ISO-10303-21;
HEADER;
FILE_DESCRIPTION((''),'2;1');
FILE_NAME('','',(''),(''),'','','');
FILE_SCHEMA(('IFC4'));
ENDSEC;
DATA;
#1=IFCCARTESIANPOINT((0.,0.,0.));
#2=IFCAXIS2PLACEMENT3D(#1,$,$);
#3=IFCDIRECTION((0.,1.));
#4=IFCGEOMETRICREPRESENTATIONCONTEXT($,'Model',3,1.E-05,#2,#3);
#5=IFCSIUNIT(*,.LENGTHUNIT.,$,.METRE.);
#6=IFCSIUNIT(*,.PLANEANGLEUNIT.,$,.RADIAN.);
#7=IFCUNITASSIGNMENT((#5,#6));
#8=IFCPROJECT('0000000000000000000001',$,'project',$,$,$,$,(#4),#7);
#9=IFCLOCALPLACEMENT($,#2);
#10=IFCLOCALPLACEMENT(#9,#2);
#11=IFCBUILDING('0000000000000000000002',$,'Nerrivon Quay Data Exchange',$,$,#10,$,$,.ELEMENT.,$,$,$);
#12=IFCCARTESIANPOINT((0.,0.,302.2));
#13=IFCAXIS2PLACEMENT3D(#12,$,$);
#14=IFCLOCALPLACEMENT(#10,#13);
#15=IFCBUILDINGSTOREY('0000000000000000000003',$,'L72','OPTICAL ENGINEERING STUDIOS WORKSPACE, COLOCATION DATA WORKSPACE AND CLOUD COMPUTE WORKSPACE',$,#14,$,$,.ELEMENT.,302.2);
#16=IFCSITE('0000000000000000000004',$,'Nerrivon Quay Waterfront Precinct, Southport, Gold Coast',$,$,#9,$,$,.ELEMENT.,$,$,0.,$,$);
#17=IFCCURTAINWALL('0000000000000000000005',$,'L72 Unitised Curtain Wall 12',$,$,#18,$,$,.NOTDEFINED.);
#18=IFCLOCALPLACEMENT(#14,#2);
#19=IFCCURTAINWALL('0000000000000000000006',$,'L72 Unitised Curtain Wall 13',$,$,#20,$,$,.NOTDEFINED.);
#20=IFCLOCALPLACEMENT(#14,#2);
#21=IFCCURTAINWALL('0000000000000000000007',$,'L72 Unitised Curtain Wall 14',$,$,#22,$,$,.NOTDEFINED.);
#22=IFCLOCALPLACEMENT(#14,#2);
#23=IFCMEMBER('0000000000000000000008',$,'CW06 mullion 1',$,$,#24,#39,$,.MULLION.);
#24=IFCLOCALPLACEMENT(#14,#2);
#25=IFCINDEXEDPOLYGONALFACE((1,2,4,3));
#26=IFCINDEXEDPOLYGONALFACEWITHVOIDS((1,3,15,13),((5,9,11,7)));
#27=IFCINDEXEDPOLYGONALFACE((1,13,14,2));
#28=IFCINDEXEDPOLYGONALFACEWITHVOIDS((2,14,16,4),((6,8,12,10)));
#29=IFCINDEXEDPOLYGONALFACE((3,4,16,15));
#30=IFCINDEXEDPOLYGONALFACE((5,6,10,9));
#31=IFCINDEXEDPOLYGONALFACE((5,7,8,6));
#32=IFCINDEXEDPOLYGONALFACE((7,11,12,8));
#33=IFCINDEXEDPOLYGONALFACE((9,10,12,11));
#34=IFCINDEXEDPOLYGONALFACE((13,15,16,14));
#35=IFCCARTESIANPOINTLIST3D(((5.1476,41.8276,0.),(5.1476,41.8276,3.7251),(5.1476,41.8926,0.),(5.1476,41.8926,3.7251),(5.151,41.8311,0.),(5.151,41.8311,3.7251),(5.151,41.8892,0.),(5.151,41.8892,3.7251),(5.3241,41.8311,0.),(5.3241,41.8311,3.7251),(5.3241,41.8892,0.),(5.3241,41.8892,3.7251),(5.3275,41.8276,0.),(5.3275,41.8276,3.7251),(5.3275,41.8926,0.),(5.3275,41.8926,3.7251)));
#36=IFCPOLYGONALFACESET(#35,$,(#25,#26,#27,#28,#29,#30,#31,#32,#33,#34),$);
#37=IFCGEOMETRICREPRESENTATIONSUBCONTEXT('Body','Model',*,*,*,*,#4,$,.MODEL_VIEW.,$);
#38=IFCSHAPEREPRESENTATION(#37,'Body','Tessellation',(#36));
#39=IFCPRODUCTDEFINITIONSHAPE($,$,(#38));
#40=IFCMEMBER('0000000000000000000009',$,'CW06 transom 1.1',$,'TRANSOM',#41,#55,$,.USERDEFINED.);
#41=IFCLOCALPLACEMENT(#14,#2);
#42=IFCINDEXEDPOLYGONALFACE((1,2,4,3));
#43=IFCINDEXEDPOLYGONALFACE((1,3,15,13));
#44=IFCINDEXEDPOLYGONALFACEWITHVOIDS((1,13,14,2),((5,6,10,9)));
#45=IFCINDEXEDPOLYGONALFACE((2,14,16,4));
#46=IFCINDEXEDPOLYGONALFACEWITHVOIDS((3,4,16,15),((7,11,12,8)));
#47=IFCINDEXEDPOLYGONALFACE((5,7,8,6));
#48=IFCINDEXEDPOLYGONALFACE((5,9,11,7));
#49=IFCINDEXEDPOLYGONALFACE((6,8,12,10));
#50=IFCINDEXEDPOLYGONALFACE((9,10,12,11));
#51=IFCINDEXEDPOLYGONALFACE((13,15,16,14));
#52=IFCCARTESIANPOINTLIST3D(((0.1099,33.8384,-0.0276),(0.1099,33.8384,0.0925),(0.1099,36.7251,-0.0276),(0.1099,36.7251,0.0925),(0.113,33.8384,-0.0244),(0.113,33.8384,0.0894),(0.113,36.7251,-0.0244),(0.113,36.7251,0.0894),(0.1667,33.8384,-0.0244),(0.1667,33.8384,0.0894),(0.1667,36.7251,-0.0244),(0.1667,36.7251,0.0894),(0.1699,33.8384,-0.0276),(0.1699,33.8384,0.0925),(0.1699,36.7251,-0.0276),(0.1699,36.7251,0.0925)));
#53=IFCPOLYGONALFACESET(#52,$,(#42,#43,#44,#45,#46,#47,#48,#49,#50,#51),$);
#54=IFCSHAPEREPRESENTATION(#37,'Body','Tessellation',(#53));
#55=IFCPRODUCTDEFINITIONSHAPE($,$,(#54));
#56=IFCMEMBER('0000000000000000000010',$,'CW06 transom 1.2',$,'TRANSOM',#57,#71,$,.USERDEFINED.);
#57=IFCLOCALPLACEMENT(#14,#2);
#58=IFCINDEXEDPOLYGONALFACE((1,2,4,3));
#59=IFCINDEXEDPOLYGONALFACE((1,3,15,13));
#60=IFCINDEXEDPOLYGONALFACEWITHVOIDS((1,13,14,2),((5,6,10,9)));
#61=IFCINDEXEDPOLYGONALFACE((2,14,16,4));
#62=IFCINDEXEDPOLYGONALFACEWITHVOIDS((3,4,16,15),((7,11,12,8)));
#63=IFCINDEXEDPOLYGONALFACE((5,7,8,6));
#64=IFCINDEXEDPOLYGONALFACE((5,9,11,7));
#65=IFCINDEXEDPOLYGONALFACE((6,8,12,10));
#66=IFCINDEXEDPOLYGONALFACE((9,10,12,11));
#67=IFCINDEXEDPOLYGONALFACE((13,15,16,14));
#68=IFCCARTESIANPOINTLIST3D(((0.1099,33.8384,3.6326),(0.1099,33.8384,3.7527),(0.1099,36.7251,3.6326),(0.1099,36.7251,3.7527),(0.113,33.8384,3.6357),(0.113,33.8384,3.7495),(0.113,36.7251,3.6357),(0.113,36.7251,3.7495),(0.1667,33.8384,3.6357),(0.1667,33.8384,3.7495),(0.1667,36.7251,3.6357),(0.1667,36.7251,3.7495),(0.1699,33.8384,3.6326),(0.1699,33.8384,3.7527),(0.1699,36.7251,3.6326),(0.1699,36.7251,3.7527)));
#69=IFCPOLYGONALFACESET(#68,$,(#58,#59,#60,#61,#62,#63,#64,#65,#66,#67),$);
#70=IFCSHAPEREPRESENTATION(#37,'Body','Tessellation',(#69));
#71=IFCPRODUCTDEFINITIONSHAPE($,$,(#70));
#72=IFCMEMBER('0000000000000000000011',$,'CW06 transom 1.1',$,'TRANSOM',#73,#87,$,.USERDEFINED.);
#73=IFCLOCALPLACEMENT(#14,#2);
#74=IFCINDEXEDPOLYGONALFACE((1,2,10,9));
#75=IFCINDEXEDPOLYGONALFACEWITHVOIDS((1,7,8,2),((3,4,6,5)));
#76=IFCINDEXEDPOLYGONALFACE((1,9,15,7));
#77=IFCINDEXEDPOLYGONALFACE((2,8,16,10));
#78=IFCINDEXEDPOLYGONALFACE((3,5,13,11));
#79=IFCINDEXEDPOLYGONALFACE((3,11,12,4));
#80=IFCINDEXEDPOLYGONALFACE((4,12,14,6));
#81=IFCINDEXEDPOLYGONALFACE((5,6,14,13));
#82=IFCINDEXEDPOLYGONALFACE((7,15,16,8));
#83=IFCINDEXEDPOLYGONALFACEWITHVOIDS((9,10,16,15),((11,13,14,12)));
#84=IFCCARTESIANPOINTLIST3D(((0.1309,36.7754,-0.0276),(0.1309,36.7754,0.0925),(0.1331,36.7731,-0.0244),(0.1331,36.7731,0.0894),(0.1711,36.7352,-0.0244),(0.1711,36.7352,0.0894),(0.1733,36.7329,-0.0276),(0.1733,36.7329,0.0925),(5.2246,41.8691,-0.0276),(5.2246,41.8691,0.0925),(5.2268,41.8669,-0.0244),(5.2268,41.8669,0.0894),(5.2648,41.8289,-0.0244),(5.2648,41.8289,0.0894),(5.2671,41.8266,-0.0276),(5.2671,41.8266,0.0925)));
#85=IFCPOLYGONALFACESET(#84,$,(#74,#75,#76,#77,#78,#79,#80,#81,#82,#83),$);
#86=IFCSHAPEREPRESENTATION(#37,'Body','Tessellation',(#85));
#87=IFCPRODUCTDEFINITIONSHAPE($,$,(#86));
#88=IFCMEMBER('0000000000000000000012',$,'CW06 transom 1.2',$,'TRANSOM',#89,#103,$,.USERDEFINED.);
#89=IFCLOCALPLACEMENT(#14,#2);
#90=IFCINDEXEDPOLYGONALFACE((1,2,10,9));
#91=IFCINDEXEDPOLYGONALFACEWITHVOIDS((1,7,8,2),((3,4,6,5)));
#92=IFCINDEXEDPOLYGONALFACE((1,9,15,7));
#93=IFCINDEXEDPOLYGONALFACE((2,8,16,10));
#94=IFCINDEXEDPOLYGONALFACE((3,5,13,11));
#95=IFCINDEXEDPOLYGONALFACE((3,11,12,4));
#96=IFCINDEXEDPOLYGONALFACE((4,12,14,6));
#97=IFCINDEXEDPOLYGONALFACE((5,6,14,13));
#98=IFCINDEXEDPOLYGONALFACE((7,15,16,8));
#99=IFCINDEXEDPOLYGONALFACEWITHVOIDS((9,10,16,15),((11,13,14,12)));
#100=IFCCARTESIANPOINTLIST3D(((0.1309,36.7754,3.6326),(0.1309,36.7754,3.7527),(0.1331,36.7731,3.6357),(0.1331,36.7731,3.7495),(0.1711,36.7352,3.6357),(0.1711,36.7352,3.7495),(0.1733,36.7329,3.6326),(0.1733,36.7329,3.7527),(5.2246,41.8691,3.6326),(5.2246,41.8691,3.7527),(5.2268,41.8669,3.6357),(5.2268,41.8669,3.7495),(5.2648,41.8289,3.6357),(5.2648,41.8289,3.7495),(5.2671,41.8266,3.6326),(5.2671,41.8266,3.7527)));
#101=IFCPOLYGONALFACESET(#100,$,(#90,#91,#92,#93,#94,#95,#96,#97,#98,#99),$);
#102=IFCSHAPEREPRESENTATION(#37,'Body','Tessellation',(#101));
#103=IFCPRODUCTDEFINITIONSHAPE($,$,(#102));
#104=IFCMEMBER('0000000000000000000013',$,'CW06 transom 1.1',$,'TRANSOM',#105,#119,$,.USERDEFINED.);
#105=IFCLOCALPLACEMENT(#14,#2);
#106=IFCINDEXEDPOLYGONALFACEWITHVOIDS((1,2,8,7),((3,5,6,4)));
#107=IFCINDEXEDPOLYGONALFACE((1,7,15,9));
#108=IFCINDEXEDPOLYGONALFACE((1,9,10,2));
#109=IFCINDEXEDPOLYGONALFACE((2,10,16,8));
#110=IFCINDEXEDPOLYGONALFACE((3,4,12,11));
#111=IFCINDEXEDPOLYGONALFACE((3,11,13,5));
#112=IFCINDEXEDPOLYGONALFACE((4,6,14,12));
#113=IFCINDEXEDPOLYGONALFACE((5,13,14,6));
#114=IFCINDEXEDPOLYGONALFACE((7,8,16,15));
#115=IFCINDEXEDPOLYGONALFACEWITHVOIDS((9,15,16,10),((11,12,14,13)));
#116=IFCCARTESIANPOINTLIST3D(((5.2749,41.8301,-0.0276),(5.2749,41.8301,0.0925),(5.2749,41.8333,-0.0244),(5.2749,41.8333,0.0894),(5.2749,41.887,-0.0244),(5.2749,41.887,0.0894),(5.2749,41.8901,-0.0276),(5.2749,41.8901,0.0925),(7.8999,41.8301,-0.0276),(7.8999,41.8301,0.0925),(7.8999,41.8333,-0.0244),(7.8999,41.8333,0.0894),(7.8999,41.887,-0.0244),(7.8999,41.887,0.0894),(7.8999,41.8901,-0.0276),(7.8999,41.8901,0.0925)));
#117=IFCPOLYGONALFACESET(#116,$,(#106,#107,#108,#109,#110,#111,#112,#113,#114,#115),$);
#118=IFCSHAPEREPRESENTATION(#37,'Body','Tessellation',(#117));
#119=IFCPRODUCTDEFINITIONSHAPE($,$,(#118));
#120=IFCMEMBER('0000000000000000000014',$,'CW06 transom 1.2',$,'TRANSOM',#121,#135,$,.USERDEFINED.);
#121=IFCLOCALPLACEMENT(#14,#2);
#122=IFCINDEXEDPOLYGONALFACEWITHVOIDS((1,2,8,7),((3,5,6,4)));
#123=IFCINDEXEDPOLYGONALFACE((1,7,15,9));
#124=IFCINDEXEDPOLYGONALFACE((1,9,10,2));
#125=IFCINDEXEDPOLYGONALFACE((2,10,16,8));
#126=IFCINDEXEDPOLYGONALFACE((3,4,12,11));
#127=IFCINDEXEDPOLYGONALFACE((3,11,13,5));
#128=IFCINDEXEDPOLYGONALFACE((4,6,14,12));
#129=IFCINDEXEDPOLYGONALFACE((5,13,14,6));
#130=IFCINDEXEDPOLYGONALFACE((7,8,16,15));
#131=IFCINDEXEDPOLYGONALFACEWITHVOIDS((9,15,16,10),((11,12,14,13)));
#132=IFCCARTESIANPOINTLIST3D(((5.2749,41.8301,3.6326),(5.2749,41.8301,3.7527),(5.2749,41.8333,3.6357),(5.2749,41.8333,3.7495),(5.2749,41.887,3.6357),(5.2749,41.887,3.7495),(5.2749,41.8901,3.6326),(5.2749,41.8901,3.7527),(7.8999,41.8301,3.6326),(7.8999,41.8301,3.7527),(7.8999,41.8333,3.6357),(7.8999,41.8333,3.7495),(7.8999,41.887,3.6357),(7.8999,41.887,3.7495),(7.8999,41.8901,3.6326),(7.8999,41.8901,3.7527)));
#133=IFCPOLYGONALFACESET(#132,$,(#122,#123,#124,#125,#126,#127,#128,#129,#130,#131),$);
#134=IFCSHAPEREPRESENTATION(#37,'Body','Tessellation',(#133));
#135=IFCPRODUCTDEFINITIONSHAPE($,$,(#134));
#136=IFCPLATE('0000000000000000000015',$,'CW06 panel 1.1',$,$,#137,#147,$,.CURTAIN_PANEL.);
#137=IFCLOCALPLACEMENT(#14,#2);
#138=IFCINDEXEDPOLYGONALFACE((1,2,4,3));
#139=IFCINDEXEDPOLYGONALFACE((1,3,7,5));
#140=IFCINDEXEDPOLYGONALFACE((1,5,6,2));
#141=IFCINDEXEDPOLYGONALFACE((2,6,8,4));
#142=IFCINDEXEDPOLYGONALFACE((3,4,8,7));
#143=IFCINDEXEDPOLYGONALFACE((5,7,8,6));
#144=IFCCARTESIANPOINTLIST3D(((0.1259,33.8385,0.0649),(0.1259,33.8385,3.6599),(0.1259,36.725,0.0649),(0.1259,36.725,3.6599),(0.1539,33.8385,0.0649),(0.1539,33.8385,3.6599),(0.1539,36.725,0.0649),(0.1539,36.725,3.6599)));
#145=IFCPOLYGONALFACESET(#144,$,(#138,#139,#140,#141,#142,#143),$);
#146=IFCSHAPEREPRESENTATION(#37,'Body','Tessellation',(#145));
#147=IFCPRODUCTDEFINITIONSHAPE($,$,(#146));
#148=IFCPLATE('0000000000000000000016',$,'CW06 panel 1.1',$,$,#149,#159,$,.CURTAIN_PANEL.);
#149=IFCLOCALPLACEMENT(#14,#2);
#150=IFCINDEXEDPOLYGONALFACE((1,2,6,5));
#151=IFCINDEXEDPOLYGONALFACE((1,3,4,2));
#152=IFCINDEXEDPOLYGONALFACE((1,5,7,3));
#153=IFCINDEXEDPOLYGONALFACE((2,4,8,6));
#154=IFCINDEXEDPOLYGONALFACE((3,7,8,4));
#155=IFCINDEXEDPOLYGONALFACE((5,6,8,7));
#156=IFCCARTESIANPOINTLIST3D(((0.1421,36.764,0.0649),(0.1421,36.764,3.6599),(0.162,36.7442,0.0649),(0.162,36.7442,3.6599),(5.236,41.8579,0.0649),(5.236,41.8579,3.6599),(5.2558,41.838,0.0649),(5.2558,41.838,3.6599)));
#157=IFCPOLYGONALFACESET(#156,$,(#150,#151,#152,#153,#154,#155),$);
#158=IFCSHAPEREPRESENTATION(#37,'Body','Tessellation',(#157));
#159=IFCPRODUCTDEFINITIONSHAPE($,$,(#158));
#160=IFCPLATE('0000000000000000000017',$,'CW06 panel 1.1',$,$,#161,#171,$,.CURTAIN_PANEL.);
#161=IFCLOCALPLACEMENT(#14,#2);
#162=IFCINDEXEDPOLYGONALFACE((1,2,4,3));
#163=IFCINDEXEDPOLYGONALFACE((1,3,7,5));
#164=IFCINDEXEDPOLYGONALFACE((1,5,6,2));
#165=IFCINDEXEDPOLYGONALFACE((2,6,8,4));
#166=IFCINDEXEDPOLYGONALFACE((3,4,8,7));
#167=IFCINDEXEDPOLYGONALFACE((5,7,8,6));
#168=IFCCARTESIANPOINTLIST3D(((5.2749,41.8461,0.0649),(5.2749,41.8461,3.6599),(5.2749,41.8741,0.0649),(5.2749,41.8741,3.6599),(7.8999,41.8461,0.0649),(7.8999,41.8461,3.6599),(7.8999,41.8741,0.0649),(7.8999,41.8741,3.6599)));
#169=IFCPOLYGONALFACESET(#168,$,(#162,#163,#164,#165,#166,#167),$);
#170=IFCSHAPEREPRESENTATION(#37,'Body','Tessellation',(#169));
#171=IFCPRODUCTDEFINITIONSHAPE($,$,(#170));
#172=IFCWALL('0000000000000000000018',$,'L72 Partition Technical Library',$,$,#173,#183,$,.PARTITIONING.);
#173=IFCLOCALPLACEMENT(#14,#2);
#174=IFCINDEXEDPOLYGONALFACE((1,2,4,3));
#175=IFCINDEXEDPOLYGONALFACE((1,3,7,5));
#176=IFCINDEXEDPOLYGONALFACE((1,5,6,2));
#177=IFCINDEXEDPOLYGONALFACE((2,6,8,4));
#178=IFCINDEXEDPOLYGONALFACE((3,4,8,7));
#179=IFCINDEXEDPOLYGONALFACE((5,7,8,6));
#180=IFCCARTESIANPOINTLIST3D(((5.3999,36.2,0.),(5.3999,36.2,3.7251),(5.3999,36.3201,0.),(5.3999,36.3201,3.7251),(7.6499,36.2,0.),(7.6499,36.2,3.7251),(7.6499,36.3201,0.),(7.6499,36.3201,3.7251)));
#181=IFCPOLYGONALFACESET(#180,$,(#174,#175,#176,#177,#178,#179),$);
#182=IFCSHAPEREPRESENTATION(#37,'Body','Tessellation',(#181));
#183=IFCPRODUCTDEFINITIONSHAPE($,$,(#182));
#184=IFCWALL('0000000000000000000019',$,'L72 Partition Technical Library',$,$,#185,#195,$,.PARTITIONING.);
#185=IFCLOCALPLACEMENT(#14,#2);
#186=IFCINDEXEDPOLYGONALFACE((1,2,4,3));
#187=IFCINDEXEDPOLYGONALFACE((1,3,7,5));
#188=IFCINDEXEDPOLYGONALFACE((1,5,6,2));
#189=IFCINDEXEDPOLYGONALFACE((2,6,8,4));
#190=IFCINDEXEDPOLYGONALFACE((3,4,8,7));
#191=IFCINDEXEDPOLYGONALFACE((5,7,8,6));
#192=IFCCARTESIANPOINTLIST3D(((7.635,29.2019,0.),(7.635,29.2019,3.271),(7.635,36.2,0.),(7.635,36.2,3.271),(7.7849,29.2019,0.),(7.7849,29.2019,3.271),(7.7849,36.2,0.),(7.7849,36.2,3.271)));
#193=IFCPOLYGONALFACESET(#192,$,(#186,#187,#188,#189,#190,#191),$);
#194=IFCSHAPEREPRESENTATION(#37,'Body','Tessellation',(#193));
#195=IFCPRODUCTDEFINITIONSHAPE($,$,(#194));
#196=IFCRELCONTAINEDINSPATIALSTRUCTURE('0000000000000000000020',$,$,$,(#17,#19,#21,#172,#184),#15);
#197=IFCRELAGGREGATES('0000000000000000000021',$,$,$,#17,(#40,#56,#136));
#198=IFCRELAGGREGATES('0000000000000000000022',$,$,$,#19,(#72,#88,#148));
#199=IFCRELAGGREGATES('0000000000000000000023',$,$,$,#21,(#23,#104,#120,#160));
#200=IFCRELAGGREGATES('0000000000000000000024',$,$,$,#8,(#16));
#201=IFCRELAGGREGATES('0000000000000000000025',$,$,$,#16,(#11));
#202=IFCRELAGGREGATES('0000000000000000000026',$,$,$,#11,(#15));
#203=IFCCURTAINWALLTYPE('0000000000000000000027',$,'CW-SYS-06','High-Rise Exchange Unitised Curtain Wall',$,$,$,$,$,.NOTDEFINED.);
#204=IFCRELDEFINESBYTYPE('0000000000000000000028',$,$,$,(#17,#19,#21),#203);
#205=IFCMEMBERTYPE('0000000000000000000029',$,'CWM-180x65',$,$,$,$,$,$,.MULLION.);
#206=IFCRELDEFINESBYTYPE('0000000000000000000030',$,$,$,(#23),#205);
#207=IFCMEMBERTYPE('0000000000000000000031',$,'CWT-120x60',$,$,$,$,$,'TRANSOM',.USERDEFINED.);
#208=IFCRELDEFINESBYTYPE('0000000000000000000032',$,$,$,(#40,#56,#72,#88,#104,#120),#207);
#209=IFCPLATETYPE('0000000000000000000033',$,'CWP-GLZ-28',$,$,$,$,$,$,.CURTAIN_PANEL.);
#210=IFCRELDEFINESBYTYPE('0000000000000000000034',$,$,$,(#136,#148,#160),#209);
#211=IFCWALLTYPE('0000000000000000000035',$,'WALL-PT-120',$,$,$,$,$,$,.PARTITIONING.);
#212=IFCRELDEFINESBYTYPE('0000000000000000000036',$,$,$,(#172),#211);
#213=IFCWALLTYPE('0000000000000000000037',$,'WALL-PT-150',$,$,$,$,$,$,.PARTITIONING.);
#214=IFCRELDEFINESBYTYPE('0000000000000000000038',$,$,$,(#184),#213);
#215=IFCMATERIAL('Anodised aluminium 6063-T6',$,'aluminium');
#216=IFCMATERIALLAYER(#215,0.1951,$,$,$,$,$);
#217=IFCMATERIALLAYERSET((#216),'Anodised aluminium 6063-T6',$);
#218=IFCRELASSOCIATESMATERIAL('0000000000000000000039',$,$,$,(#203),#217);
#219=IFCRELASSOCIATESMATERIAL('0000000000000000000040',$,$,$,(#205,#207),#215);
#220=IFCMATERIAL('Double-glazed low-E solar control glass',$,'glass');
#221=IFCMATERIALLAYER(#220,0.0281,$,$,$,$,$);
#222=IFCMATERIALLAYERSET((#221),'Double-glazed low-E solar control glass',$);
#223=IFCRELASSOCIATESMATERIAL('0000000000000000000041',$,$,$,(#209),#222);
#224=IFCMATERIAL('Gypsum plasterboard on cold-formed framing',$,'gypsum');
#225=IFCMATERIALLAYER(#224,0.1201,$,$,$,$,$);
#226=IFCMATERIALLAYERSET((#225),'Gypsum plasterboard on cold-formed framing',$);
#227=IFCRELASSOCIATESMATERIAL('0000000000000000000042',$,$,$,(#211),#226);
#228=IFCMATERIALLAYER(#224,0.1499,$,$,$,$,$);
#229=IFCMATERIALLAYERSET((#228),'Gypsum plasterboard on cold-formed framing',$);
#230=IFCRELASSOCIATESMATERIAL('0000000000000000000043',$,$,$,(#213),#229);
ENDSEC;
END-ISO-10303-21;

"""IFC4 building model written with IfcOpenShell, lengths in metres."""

from ifc_helpers import new_model, si_unit, direction, frame, frame_2d, origin, origin_2d, place, context, subcontext, project, spatial, rectangle, hollow_rectangle, extrude, material, layer, layer_set, material_profile, profile_set, type_object, element, aggregate, save


model = new_model("IFC4")

# Units and contexts
model_context = context("Model", 3, precision=1e-05, world=origin(), true_north=direction((0.0, 1.0)))
body_context = subcontext(model_context, "Body", "Model", "MODEL_VIEW")
ifc_project = project(units=[si_unit("LENGTHUNIT", "METRE"), si_unit("PLANEANGLEUNIT", "RADIAN")], contexts=[model_context])

# Site, building, storey
site_placement = place(None, origin())
site = spatial("IfcSite", under=ifc_project, at=site_placement, Name="Nerrivon Quay Waterfront Precinct, Southport, Gold Coast", CompositionType="ELEMENT", RefElevation=0.0)
building_placement = place(site_placement, origin())
building = spatial("IfcBuilding", under=site, at=building_placement, Name="Nerrivon Quay Data Exchange", CompositionType="ELEMENT")
storey_placement = place(building_placement, frame((0.0, 0.0, 302.2)))
storey = spatial("IfcBuildingStorey", under=building, at=storey_placement, Name="L72", Description="OPTICAL ENGINEERING STUDIOS WORKSPACE, COLOCATION DATA WORKSPACE AND CLOUD COMPUTE WORKSPACE", CompositionType="ELEMENT", Elevation=302.2)

# Shared definitions
ifc_material_1 = material(Name="Anodised aluminium 6063-T6", Category="aluminium")
ifc_layer_1 = layer(ifc_material_1, 0.1951)
ifc_layer_set_1 = layer_set([ifc_layer_1], Name="Anodised aluminium 6063-T6")
curtain_wall_type = type_object("IfcCurtainWallType", Name="CW-SYS-06", Description="High-Rise Exchange Unitised Curtain Wall", PredefinedType="NOTDEFINED", material=ifc_layer_set_1)
ifc_material_profile_1 = material_profile(ifc_material_1, hollow_rectangle(XDim=0.0649, YDim=0.1799, WallThickness=0.0034, at=origin_2d()), Name="ALU-MULL-180x65")
ifc_profile_set_1 = profile_set([ifc_material_profile_1], Name="Anodised aluminium 6063-T6")
member_type_1 = type_object("IfcMemberType", Name="CWM-180x65", PredefinedType="MULLION", material=ifc_profile_set_1)

# Curtain walls
curtain_wall_1_placement = place(storey_placement, origin())
curtain_wall_1 = element("IfcCurtainWall", 1, at=curtain_wall_1_placement, inside=storey, type_object=curtain_wall_type, Name="L72 Unitised Curtain Wall 12", PredefinedType="NOTDEFINED")
curtain_wall_2_placement = place(storey_placement, origin())
curtain_wall_2 = element("IfcCurtainWall", 2, at=curtain_wall_2_placement, inside=storey, type_object=curtain_wall_type, Name="L72 Unitised Curtain Wall 13", PredefinedType="NOTDEFINED")

# Curtain wall, member
curtain_wall_3_placement = place(storey_placement, origin())
curtain_wall_3 = element("IfcCurtainWall", 3, at=curtain_wall_3_placement, inside=storey, type_object=curtain_wall_type, Name="L72 Unitised Curtain Wall 14", PredefinedType="NOTDEFINED")
member_1_placement = place(storey_placement, frame((5.2375, 41.8601, 0.0), z_axis=(0.0, 0.0, 1.0), x_axis=(0.0, 1.0, 0.0)))
member_1 = element("IfcMember", 4, at=member_1_placement, type_object=member_type_1, Name="CW06 mullion 1", PredefinedType="MULLION", context=body_context, shape_type="SweptSolid", body=[
    extrude(hollow_rectangle(XDim=0.0649, YDim=0.1799, WallThickness=0.0034, at=origin_2d()), origin(), (0.0, 0.0, 1.0), 3.7251),
])

# Members
ifc_material_profile_2 = material_profile(ifc_material_1, hollow_rectangle(XDim=0.0601, YDim=0.1201, WallThickness=0.0032, at=origin_2d()), Name="ALU-TRAN-120x60")
ifc_profile_set_2 = profile_set([ifc_material_profile_2], Name="Anodised aluminium 6063-T6")
member_type_2 = type_object("IfcMemberType", Name="CWT-120x60", ElementType="TRANSOM", PredefinedType="USERDEFINED", material=ifc_profile_set_2)
member_2_placement = place(storey_placement, frame((0.1399, 33.8384, 0.0325), z_axis=(0.0, 1.0, 0.0), x_axis=(-1.0, 0.0, 0.0)))
member_2 = element("IfcMember", 5, at=member_2_placement, type_object=member_type_2, Name="CW06 transom 1.1", ObjectType="TRANSOM", PredefinedType="USERDEFINED", context=body_context, shape_type="SweptSolid", body=[
    extrude(hollow_rectangle(XDim=0.0601, YDim=0.1201, WallThickness=0.0032, at=origin_2d()), origin(), (0.0, 0.0, 1.0), 2.8867),
])
member_3_placement = place(storey_placement, frame((0.1399, 33.8384, 3.6926), z_axis=(0.0, 1.0, 0.0), x_axis=(-1.0, 0.0, 0.0)))
member_3 = element("IfcMember", 6, at=member_3_placement, type_object=member_type_2, Name="CW06 transom 1.2", ObjectType="TRANSOM", PredefinedType="USERDEFINED", context=body_context, shape_type="SweptSolid", body=[
    extrude(hollow_rectangle(XDim=0.0601, YDim=0.1201, WallThickness=0.0032, at=origin_2d()), origin(), (0.0, 0.0, 1.0), 2.8867),
])
member_4_placement = place(storey_placement, frame((0.1521, 36.7542, 0.0325), z_axis=(0.707107, 0.707107, 0.0), x_axis=(-0.707107, 0.707107, 0.0)))
member_4 = element("IfcMember", 7, at=member_4_placement, type_object=member_type_2, Name="CW06 transom 1.1", ObjectType="TRANSOM", PredefinedType="USERDEFINED", context=body_context, shape_type="SweptSolid", body=[
    extrude(hollow_rectangle(XDim=0.0601, YDim=0.1201, WallThickness=0.0032, at=origin_2d()), origin(), (0.0, 0.0, 1.0), 7.2036),
])
member_5_placement = place(storey_placement, frame((0.1521, 36.7542, 3.6926), z_axis=(0.707107, 0.707107, 0.0), x_axis=(-0.707107, 0.707107, 0.0)))
member_5 = element("IfcMember", 8, at=member_5_placement, type_object=member_type_2, Name="CW06 transom 1.2", ObjectType="TRANSOM", PredefinedType="USERDEFINED", context=body_context, shape_type="SweptSolid", body=[
    extrude(hollow_rectangle(XDim=0.0601, YDim=0.1201, WallThickness=0.0032, at=origin_2d()), origin(), (0.0, 0.0, 1.0), 7.2036),
])
member_6_placement = place(storey_placement, frame((5.2749, 41.8601, 0.0325), z_axis=(1.0, 0.0, 0.0), x_axis=(0.0, 1.0, 0.0)))
member_6 = element("IfcMember", 9, at=member_6_placement, type_object=member_type_2, Name="CW06 transom 1.1", ObjectType="TRANSOM", PredefinedType="USERDEFINED", context=body_context, shape_type="SweptSolid", body=[
    extrude(hollow_rectangle(XDim=0.0601, YDim=0.1201, WallThickness=0.0032, at=origin_2d()), origin(), (0.0, 0.0, 1.0), 2.625),
])
member_7_placement = place(storey_placement, frame((5.2749, 41.8601, 3.6926), z_axis=(1.0, 0.0, 0.0), x_axis=(0.0, 1.0, 0.0)))
member_7 = element("IfcMember", 10, at=member_7_placement, type_object=member_type_2, Name="CW06 transom 1.2", ObjectType="TRANSOM", PredefinedType="USERDEFINED", context=body_context, shape_type="SweptSolid", body=[
    extrude(hollow_rectangle(XDim=0.0601, YDim=0.1201, WallThickness=0.0032, at=origin_2d()), origin(), (0.0, 0.0, 1.0), 2.625),
])

# Plates
ifc_material_2 = material(Name="Double-glazed low-E solar control glass", Category="glass")
ifc_layer_2 = layer(ifc_material_2, 0.0281)
ifc_layer_set_2 = layer_set([ifc_layer_2], Name="Double-glazed low-E solar control glass")
plate_type = type_object("IfcPlateType", Name="CWP-GLZ-28", PredefinedType="CURTAIN_PANEL", material=ifc_layer_set_2)
plate_1_placement = place(storey_placement, frame((0.1399, 35.2817, 0.0649), z_axis=(0.0, 0.0, 1.0), x_axis=(0.0, 1.0, 0.0)))
plate_1 = element("IfcPlate", 11, at=plate_1_placement, type_object=plate_type, Name="CW06 panel 1.1", PredefinedType="CURTAIN_PANEL", context=body_context, shape_type="SweptSolid", body=[
    extrude(rectangle(XDim=2.8865, YDim=0.0281, at=origin_2d()), origin(), (0.0, 0.0, 1.0), 3.595),
])
aggregate(curtain_wall_1, [member_2, member_3, plate_1])
plate_2_placement = place(storey_placement, frame((2.699, 39.301, 0.0649), z_axis=(0.0, 0.0, 1.0), x_axis=(0.707107, 0.707107, 0.0)))
plate_2 = element("IfcPlate", 12, at=plate_2_placement, type_object=plate_type, Name="CW06 panel 1.1", PredefinedType="CURTAIN_PANEL", context=body_context, shape_type="SweptSolid", body=[
    extrude(rectangle(XDim=7.2039, YDim=0.0281, at=origin_2d()), origin(), (0.0, 0.0, 1.0), 3.595),
])
aggregate(curtain_wall_2, [member_4, member_5, plate_2])
plate_3_placement = place(storey_placement, frame((6.5874, 41.8601, 0.0649), z_axis=(0.0, 0.0, 1.0), x_axis=(1.0, 0.0, 0.0)))
plate_3 = element("IfcPlate", 13, at=plate_3_placement, type_object=plate_type, Name="CW06 panel 1.1", PredefinedType="CURTAIN_PANEL", context=body_context, shape_type="SweptSolid", body=[
    extrude(rectangle(XDim=2.625, YDim=0.0281, at=origin_2d()), origin(), (0.0, 0.0, 1.0), 3.595),
])
aggregate(curtain_wall_3, [member_1, member_6, member_7, plate_3])

# Walls
ifc_material_3 = material(Name="Gypsum plasterboard on cold-formed framing", Category="gypsum")
ifc_layer_3 = layer(ifc_material_3, 0.1201)
ifc_layer_set_3 = layer_set([ifc_layer_3], Name="Gypsum plasterboard on cold-formed framing")
wall_type_1 = type_object("IfcWallType", Name="WALL-PT-120", PredefinedType="PARTITIONING", material=ifc_layer_set_3)
wall_1_placement = place(storey_placement, frame((5.3999, 36.26, 0.0), z_axis=(0.0, 0.0, 1.0), x_axis=(1.0, 0.0, 0.0)))
element("IfcWall", 14, at=wall_1_placement, inside=storey, type_object=wall_type_1, Name="L72 Partition Technical Library", PredefinedType="PARTITIONING", context=body_context, shape_type="SweptSolid", body=[
    extrude(rectangle(XDim=2.25, YDim=0.1201, at=frame_2d((1.125, 0.0))), origin(), (0.0, 0.0, 1.0), 3.7251),
])
ifc_layer_4 = layer(ifc_material_3, 0.1499)
ifc_layer_set_4 = layer_set([ifc_layer_4], Name="Gypsum plasterboard on cold-formed framing")
wall_type_2 = type_object("IfcWallType", Name="WALL-PT-150", PredefinedType="PARTITIONING", material=ifc_layer_set_4)
wall_2_placement = place(storey_placement, frame((7.71, 36.2, 0.0), z_axis=(0.0, 0.0, 1.0), x_axis=(0.0, -1.0, 0.0)))
element("IfcWall", 15, at=wall_2_placement, inside=storey, type_object=wall_type_2, Name="L72 Partition Technical Library", PredefinedType="PARTITIONING", context=body_context, shape_type="SweptSolid", body=[
    extrude(rectangle(XDim=6.998, YDim=0.1499, at=frame_2d((3.499, 0.0))), origin(), (0.0, 0.0, 1.0), 3.271),
])

save(model, "model.ifc")
